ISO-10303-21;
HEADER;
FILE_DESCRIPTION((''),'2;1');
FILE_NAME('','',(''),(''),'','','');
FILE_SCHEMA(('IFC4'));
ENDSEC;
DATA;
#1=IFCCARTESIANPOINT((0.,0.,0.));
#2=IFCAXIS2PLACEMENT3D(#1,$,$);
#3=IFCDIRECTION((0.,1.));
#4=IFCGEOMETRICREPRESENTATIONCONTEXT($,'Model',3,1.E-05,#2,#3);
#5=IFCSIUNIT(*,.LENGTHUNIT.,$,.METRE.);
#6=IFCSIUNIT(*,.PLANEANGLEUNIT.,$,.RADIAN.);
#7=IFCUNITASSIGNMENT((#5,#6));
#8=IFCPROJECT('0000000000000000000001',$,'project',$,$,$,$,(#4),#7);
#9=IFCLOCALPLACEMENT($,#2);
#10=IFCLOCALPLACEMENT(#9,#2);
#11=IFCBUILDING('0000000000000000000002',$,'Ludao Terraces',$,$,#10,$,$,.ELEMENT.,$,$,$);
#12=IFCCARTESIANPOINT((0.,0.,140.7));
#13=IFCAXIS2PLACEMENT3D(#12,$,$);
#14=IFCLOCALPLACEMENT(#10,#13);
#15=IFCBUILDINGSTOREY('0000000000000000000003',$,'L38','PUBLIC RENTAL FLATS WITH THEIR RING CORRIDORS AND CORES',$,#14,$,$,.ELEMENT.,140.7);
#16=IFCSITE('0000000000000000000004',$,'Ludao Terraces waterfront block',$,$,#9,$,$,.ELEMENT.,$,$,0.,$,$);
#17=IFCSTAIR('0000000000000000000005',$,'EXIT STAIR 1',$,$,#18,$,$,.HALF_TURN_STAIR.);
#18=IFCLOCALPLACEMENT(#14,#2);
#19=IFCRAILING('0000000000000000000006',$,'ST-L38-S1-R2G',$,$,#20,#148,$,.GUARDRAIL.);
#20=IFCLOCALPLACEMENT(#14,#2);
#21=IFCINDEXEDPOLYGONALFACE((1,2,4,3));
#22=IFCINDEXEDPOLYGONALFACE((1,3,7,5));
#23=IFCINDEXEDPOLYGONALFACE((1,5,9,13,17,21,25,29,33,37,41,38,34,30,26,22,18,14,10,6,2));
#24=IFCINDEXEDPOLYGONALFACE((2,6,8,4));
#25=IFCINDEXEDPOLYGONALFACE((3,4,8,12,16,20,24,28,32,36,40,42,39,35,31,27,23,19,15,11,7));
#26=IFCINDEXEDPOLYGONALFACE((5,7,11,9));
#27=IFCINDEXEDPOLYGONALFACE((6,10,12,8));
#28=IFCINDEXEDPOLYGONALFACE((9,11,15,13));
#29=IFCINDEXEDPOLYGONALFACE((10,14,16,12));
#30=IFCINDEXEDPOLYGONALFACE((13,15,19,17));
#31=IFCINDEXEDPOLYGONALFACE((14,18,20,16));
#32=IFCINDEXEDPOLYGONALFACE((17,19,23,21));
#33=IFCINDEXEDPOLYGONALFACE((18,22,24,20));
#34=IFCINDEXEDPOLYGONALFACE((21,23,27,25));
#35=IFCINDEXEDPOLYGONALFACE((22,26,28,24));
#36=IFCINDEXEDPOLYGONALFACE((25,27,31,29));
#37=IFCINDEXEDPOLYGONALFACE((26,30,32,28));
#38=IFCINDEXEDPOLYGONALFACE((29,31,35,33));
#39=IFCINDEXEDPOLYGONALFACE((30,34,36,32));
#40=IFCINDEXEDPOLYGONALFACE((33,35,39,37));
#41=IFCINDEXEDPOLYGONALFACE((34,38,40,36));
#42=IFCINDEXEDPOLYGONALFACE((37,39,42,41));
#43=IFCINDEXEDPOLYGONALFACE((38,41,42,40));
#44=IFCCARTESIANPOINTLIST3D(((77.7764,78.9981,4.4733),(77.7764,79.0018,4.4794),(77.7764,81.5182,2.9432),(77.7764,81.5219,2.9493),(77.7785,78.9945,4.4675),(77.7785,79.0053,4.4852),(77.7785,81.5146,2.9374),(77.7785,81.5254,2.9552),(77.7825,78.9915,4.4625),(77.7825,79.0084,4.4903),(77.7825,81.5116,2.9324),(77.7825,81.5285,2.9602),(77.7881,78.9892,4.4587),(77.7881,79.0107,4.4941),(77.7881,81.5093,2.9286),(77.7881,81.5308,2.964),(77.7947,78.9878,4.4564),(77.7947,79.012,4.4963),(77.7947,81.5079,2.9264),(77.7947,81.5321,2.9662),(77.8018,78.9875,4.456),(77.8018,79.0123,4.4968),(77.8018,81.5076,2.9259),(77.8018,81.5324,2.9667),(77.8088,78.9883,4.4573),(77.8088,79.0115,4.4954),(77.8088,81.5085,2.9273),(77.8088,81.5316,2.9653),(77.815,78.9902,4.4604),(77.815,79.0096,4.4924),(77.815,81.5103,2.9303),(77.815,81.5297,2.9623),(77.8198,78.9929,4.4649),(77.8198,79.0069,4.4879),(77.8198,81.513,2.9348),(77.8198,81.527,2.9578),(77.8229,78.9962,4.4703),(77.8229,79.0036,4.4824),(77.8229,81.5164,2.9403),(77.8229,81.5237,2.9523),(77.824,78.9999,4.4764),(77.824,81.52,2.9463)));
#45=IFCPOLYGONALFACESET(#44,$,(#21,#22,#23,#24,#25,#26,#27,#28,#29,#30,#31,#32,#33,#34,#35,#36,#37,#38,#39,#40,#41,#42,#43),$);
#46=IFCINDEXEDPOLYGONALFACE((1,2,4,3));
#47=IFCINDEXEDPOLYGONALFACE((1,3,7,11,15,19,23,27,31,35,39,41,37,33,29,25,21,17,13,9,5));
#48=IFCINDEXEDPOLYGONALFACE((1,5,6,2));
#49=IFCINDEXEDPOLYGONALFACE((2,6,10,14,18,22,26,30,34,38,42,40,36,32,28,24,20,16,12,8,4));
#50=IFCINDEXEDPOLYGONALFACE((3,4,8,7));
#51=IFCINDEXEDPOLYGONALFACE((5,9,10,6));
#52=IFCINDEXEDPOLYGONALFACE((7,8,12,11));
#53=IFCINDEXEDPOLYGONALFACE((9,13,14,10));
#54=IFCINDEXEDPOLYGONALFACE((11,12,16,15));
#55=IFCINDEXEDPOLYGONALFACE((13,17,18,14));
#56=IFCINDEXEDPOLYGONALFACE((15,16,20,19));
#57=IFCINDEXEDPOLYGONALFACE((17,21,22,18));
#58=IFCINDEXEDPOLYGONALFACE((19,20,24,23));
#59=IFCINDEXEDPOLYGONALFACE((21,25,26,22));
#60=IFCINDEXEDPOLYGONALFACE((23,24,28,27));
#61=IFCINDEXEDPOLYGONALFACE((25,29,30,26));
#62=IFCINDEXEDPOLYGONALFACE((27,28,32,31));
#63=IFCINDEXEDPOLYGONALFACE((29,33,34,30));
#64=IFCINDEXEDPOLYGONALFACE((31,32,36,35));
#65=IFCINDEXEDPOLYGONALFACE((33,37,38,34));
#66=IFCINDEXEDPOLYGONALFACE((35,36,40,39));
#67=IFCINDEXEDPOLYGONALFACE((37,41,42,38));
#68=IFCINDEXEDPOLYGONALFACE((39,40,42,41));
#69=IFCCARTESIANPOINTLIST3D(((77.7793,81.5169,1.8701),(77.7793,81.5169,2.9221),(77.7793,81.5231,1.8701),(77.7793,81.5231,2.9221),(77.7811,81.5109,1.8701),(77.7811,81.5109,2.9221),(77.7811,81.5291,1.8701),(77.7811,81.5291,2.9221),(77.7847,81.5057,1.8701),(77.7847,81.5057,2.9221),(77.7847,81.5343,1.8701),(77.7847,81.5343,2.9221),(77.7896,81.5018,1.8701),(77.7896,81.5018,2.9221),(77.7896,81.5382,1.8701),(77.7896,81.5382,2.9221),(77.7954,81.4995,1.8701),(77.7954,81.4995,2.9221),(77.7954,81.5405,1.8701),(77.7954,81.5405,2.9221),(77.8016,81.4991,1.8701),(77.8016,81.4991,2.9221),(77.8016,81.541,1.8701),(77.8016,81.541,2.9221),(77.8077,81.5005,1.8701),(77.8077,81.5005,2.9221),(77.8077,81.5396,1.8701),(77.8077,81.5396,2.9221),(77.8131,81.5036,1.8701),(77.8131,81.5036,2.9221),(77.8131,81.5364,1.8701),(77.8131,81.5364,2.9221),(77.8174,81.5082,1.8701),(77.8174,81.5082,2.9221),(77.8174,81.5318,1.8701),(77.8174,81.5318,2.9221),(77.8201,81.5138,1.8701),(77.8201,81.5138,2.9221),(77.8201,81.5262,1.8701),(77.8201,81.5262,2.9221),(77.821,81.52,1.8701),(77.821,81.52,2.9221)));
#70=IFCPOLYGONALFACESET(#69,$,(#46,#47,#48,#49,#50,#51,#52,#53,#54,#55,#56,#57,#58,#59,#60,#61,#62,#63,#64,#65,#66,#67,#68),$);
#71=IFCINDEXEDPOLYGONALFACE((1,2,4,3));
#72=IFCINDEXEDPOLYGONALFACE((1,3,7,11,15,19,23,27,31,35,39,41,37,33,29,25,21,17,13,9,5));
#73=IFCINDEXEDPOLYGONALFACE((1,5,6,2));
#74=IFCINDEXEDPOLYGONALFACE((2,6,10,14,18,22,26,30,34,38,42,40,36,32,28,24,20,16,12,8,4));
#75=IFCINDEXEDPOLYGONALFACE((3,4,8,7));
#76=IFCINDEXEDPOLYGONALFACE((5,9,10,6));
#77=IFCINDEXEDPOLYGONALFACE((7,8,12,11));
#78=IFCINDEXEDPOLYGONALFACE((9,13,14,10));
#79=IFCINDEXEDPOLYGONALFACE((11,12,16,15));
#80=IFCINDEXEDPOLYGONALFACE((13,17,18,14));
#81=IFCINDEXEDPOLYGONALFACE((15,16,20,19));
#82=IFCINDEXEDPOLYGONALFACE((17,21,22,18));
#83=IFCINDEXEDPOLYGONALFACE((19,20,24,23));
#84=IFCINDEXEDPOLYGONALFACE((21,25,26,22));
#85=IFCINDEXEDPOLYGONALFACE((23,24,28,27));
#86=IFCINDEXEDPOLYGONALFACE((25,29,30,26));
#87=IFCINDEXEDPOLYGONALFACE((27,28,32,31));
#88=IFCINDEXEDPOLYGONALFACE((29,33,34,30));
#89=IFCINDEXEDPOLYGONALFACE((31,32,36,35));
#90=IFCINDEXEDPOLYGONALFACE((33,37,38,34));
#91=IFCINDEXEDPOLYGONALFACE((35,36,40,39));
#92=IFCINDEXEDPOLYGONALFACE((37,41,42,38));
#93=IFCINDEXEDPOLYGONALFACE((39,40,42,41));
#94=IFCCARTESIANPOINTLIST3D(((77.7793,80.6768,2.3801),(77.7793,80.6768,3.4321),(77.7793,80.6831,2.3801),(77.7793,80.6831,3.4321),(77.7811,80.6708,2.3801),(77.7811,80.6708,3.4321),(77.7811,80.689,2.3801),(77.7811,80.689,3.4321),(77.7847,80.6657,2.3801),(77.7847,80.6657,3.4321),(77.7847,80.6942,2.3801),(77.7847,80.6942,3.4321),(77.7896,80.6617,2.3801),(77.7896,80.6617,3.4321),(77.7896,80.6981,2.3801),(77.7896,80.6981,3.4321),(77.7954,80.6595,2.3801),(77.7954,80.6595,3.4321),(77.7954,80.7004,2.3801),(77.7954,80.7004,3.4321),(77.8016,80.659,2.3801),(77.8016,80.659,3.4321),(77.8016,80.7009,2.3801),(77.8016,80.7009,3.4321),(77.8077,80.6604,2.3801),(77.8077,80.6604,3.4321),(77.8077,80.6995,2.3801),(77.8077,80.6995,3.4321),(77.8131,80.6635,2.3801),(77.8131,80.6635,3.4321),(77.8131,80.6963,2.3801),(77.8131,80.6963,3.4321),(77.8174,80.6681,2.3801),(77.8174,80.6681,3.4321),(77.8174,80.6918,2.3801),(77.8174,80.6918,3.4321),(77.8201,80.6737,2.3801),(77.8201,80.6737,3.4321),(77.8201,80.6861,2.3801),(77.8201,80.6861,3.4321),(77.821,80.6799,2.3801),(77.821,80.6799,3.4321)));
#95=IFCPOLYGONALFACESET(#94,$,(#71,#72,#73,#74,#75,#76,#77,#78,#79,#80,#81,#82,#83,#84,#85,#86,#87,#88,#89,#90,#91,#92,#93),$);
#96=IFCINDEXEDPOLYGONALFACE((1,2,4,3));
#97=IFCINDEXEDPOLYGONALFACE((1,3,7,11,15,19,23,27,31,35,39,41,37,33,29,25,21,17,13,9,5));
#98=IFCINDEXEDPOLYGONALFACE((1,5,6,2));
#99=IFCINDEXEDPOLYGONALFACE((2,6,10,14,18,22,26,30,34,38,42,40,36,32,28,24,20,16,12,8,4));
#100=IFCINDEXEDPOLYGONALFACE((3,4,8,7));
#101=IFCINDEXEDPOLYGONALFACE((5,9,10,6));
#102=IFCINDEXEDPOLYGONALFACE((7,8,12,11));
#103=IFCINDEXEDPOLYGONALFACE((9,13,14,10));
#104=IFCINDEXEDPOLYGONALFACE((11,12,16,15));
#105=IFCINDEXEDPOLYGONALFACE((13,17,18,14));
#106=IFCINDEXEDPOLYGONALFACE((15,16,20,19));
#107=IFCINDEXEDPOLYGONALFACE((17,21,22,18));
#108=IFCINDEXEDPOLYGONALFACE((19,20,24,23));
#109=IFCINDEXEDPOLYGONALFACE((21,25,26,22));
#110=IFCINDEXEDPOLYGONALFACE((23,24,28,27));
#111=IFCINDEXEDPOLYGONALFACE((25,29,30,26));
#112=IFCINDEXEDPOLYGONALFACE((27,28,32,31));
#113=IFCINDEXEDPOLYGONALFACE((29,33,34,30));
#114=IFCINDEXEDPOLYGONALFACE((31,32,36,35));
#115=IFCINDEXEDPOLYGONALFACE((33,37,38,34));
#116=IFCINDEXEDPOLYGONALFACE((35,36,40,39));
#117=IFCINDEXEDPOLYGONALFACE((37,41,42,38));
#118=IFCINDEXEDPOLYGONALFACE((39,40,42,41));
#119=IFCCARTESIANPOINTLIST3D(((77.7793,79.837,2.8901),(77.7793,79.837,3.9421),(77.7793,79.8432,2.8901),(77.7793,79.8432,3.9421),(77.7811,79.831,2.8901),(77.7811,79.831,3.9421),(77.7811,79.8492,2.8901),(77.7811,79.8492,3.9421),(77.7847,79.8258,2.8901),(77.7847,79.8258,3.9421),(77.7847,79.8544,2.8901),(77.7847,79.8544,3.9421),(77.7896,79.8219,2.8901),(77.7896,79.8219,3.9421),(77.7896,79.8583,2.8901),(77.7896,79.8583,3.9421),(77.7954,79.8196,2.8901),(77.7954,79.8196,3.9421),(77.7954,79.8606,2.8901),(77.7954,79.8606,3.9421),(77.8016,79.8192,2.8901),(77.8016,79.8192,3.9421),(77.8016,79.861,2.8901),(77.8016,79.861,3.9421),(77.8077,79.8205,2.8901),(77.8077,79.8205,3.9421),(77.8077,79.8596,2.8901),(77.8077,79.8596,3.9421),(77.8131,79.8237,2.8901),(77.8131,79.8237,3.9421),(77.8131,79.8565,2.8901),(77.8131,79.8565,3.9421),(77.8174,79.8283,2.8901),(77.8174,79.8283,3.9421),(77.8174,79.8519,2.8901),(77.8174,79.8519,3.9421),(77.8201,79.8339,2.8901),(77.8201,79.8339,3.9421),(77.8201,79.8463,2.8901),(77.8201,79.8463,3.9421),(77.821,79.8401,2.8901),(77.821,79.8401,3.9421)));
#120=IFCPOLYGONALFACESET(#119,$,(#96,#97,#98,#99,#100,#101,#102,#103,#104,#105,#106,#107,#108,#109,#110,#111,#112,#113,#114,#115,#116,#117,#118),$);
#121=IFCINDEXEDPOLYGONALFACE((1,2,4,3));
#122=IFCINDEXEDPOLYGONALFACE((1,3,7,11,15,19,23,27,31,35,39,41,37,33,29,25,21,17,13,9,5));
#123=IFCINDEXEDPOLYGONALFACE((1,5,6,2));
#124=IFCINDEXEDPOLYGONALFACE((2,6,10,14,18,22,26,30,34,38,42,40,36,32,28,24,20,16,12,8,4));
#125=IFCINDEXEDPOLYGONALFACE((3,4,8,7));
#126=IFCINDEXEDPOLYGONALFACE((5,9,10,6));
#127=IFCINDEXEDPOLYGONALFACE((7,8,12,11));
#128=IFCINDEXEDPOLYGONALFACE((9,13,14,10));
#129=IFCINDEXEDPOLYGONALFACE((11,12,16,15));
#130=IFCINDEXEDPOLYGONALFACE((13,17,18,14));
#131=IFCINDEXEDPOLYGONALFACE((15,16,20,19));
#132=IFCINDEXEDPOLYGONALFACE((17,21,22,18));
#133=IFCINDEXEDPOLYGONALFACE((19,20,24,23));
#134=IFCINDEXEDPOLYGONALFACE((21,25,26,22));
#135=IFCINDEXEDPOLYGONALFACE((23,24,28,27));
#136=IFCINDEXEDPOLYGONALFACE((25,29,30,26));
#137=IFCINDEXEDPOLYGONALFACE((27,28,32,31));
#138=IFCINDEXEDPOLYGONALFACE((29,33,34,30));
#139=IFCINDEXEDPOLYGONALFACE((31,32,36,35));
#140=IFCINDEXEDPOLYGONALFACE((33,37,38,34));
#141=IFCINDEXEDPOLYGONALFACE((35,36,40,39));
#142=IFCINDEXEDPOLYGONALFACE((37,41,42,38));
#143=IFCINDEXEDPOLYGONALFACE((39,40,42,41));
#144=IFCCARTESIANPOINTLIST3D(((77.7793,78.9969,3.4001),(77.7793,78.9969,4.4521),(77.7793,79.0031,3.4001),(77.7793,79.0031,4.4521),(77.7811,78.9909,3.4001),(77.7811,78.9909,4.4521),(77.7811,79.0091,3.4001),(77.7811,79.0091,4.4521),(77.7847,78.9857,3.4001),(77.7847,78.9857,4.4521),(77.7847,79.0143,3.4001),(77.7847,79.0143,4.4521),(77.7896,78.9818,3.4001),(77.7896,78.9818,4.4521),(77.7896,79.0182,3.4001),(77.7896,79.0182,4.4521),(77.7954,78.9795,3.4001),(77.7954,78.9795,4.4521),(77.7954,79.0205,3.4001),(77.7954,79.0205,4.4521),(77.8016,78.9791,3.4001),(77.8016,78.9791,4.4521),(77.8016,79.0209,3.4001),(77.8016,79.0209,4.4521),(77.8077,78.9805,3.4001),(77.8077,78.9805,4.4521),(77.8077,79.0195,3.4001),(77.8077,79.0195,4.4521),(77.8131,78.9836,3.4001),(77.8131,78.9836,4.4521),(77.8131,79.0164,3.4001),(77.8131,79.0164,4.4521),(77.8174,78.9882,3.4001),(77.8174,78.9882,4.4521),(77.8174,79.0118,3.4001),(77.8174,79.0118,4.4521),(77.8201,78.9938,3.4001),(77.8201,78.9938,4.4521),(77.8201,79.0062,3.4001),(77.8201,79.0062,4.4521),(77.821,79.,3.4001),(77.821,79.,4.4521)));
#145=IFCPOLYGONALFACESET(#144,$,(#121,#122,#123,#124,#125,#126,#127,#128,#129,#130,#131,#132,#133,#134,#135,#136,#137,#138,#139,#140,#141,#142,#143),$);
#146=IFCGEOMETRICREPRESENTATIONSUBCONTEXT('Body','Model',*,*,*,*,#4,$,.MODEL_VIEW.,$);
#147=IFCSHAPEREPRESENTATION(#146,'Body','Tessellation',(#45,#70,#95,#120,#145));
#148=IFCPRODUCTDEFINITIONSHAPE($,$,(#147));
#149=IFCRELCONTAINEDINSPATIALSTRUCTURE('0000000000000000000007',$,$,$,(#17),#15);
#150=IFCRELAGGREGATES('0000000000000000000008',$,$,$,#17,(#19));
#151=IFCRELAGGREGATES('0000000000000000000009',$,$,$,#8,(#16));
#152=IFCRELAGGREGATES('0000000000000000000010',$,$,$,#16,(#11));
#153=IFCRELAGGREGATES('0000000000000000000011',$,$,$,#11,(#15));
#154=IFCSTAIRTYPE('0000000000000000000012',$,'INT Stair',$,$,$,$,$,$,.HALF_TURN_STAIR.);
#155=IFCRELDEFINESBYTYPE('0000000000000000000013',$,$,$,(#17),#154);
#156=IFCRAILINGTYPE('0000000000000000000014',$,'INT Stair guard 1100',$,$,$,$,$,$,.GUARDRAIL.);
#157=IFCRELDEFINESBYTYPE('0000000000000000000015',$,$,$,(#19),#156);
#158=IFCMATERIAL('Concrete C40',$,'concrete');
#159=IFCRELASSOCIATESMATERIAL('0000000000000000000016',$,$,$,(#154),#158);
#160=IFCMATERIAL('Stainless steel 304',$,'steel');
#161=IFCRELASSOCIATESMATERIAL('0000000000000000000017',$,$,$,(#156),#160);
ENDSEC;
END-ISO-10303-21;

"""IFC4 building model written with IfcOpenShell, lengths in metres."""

from ifc_helpers import new_model, si_unit, direction, frame, origin, origin_2d, place, context, subcontext, project, spatial, circle, extrude, material, type_object, element, aggregate, save


model = new_model("IFC4")

# Units and contexts
model_context = context("Model", 3, precision=1e-05, world=origin(), true_north=direction((0.0, 1.0)))
body_context = subcontext(model_context, "Body", "Model", "MODEL_VIEW")
ifc_project = project(units=[si_unit("LENGTHUNIT", "METRE"), si_unit("PLANEANGLEUNIT", "RADIAN")], contexts=[model_context])

# Site, building, storey
site_placement = place(None, origin())
site = spatial("IfcSite", under=ifc_project, at=site_placement, Name="Ludao Terraces waterfront block", CompositionType="ELEMENT", RefElevation=0.0)
building_placement = place(site_placement, origin())
building = spatial("IfcBuilding", under=site, at=building_placement, Name="Ludao Terraces", CompositionType="ELEMENT")
storey_placement = place(building_placement, frame((0.0, 0.0, 140.7)))
storey = spatial("IfcBuildingStorey", under=building, at=storey_placement, Name="L38", Description="PUBLIC RENTAL FLATS WITH THEIR RING CORRIDORS AND CORES", CompositionType="ELEMENT", Elevation=140.7)

# Shared definitions
ifc_material_1 = material(Name="Stainless steel 304", Category="steel")

# Stair, railing
ifc_material_2 = material(Name="Concrete C40", Category="concrete")
stair_type = type_object("IfcStairType", Name="INT Stair", PredefinedType="HALF_TURN_STAIR", material=ifc_material_2)
stair_placement = place(storey_placement, origin())
stair = element("IfcStair", 1, at=stair_placement, inside=storey, type_object=stair_type, Name="EXIT STAIR 1", PredefinedType="HALF_TURN_STAIR")
railing_type_1 = type_object("IfcRailingType", Name="INT Stair guard 1100", PredefinedType="GUARDRAIL", material=ifc_material_1)
railing_1_placement = place(storey_placement, frame((77.8, 81.52, 1.8701)))
railing_1 = element("IfcRailing", 2, at=railing_1_placement, type_object=railing_type_1, Name="ST-L38-S1-R2G", PredefinedType="GUARDRAIL", context=body_context, shape_type="SweptSolid", body=[
    extrude(circle(Radius=0.0239, at=origin_2d()), frame((0.0, 0.0, 1.0762), z_axis=(0.0, -0.854785, 0.518982), x_axis=(1.0, 0.0, 0.0)), (0.0, 0.0, 1.0), 2.9482),
    extrude(circle(Radius=0.021, at=origin_2d()), origin(), (0.0, 0.0, 1.0), 1.052),
    extrude(circle(Radius=0.021, at=origin_2d()), frame((0.0, -0.8401, 0.51)), (0.0, 0.0, 1.0), 1.052),
    extrude(circle(Radius=0.021, at=origin_2d()), frame((0.0, -1.6799, 1.02)), (0.0, 0.0, 1.0), 1.052),
    extrude(circle(Radius=0.021, at=origin_2d()), frame((0.0, -2.52, 1.53)), (0.0, 0.0, 1.0), 1.052),
])
aggregate(stair, [railing_1])

save(model, "model.ifc")
